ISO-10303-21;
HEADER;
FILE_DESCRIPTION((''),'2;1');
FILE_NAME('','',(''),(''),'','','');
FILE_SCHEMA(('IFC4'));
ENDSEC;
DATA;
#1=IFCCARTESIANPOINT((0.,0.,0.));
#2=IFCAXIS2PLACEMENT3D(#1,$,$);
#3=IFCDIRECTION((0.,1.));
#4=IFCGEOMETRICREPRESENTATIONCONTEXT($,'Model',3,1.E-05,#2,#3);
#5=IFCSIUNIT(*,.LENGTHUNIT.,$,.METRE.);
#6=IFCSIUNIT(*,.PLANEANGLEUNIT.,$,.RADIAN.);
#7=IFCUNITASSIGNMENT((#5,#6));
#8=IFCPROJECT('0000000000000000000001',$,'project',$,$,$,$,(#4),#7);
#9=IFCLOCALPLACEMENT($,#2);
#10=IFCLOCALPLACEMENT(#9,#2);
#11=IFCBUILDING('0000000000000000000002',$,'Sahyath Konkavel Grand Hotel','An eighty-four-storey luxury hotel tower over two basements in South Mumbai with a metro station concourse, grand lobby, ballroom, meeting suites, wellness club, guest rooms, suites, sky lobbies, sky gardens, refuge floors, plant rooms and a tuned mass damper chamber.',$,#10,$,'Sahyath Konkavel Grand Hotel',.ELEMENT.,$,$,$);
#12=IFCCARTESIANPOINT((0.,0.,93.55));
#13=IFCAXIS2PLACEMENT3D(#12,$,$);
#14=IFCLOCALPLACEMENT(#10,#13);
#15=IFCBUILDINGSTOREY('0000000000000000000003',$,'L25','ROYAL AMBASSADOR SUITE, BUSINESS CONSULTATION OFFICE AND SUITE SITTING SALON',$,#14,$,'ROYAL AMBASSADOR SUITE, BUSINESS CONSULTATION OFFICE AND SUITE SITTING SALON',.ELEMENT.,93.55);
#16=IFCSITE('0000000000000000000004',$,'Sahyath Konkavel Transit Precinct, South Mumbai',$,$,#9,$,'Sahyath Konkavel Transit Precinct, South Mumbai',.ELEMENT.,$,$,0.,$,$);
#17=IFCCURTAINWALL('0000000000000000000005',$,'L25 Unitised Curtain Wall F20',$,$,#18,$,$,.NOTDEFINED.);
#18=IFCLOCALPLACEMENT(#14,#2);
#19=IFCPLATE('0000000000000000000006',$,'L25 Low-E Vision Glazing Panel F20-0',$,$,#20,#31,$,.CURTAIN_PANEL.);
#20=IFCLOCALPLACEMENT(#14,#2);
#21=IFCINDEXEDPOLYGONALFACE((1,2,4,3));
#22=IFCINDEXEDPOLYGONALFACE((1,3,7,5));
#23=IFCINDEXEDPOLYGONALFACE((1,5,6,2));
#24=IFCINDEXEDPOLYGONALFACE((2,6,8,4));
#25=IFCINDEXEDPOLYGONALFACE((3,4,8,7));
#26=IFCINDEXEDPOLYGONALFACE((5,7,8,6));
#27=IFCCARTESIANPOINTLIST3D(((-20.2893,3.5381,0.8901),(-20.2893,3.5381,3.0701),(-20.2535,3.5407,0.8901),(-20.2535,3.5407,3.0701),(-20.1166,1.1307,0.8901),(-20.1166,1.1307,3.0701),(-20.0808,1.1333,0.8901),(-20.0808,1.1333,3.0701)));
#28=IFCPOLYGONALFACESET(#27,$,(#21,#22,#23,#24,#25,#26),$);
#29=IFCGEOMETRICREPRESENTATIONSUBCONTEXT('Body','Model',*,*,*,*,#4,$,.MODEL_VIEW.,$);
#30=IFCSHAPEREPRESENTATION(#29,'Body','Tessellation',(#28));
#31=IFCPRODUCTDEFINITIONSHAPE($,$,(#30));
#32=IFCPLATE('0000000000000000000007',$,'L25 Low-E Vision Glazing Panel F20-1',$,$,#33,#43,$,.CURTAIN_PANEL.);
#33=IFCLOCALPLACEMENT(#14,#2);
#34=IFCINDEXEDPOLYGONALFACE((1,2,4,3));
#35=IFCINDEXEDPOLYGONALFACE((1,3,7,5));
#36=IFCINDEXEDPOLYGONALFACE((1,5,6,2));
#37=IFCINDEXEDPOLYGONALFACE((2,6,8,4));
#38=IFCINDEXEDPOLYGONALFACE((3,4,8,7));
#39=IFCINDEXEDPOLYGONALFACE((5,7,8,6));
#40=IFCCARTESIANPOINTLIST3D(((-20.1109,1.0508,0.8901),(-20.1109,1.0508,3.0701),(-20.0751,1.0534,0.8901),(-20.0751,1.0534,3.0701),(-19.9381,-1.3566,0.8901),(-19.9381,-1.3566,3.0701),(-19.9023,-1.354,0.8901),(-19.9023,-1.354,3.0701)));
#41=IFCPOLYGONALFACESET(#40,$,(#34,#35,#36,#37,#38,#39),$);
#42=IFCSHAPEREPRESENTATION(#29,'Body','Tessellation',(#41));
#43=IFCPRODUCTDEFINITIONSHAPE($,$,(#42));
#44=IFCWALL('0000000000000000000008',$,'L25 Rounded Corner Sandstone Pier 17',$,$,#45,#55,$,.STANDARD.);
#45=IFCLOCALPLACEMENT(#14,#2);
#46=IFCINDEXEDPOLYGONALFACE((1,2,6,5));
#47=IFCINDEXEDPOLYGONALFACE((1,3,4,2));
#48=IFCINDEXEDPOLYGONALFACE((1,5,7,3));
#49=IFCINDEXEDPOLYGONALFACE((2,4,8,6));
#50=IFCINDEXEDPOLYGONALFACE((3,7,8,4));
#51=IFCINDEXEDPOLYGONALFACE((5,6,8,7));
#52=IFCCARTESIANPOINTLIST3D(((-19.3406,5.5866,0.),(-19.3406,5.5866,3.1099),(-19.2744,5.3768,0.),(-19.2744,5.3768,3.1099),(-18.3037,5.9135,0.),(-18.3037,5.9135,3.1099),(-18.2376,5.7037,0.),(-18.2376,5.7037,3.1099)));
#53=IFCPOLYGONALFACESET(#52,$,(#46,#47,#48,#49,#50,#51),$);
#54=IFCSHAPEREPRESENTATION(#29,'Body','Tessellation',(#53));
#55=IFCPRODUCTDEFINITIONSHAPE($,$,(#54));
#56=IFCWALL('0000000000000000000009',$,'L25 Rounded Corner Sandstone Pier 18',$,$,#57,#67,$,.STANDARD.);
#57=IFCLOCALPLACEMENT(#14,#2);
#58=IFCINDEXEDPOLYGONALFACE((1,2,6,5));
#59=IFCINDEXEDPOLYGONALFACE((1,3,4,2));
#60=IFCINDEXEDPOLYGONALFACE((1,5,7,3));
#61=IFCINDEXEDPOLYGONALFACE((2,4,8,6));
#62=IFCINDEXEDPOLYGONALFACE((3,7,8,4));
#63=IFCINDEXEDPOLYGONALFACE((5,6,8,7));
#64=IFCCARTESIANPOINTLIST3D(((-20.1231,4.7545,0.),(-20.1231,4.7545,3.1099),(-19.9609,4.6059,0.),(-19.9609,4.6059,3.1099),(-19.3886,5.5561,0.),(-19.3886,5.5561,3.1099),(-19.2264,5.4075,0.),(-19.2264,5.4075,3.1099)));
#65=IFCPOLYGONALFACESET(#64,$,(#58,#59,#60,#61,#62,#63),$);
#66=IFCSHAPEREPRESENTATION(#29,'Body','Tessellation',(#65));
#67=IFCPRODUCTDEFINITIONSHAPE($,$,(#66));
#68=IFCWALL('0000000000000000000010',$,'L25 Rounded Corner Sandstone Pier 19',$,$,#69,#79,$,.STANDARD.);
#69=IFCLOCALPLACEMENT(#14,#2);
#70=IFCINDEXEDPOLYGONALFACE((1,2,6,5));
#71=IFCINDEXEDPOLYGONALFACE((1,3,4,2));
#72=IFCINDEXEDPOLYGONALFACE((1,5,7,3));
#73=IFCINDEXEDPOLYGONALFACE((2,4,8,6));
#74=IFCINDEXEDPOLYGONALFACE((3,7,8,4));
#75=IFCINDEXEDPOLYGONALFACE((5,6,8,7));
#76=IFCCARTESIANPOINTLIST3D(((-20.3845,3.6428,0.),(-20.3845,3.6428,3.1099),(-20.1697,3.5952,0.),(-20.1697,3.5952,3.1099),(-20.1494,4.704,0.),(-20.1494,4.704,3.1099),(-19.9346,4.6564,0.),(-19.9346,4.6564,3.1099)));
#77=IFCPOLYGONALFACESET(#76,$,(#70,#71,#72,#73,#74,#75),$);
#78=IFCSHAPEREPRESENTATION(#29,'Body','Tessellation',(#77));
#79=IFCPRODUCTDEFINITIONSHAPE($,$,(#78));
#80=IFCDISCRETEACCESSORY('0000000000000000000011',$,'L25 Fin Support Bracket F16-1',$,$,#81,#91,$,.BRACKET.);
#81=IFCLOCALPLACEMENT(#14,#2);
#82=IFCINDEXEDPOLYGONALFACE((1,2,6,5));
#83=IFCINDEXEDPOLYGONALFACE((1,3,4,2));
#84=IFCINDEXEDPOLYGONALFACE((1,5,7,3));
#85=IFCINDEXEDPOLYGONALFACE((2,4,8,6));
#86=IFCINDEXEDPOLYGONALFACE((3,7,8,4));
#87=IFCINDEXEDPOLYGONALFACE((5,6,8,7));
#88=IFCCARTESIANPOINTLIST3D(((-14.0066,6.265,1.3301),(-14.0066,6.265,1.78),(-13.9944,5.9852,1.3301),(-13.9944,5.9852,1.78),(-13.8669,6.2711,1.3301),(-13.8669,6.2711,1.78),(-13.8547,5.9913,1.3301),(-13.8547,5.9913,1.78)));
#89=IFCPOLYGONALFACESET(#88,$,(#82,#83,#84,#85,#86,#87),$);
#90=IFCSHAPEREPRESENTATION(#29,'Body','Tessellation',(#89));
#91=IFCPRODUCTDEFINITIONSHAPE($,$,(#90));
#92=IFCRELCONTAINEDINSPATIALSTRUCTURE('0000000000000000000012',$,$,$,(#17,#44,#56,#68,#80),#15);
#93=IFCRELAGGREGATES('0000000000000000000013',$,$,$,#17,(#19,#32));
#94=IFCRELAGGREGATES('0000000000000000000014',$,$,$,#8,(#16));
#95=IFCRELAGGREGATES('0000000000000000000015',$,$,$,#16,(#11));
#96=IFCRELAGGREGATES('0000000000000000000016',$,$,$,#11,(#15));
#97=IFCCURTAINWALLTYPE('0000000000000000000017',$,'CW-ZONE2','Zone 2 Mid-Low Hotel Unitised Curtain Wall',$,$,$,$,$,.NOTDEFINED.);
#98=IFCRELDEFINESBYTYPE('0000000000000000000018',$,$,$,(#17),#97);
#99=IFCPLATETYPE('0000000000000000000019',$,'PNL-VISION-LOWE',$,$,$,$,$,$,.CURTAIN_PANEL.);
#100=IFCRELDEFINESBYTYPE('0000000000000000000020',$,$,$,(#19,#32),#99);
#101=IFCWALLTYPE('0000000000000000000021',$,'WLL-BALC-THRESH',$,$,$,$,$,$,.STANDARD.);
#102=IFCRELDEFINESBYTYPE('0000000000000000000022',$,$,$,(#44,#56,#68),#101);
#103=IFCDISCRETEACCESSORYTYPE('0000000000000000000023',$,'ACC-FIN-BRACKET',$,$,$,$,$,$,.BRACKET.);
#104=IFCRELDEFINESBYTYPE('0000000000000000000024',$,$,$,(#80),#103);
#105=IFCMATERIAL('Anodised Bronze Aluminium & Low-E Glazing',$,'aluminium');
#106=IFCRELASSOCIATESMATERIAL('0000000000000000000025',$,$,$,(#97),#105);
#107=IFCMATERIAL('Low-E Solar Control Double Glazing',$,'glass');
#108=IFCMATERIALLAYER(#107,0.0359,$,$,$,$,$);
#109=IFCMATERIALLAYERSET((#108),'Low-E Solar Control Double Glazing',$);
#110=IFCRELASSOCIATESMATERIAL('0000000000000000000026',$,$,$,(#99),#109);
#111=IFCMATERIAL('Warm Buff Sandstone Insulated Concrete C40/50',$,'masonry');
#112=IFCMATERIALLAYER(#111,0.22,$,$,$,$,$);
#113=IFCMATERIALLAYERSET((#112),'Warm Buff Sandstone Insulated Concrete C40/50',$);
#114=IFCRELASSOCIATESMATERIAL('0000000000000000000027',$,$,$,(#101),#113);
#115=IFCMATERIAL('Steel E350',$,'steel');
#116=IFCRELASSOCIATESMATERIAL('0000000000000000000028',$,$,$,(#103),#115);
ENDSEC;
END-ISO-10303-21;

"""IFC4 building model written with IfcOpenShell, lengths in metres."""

from ifc_helpers import new_model, si_unit, direction, frame, frame_2d, origin, origin_2d, place, context, subcontext, project, spatial, rectangle, extrude, source, transform, mapped, material, layer, layer_set, type_object, element, aggregate, save


model = new_model("IFC4")

# Units and contexts
model_context = context("Model", 3, precision=1e-05, world=origin(), true_north=direction((0.0, 1.0)))
body_context = subcontext(model_context, "Body", "Model", "MODEL_VIEW")
ifc_project = project(units=[si_unit("LENGTHUNIT", "METRE"), si_unit("PLANEANGLEUNIT", "RADIAN")], contexts=[model_context])

# Site, building, storey
site_placement = place(None, origin())
site = spatial("IfcSite", under=ifc_project, at=site_placement, Name="Sahyath Konkavel Transit Precinct, South Mumbai", LongName="Sahyath Konkavel Transit Precinct, South Mumbai", CompositionType="ELEMENT", RefElevation=0.0)
building_placement = place(site_placement, origin())
building = spatial("IfcBuilding", under=site, at=building_placement, Name="Sahyath Konkavel Grand Hotel", Description="An eighty-four-storey luxury hotel tower over two basements in South Mumbai with a metro station concourse, grand lobby, ballroom, meeting suites, wellness club, guest rooms, suites, sky lobbies, sky gardens, refuge floors, plant rooms and a tuned mass damper chamber.", LongName="Sahyath Konkavel Grand Hotel", CompositionType="ELEMENT")
storey_placement = place(building_placement, frame((0.0, 0.0, 93.55)))
storey = spatial("IfcBuildingStorey", under=building, at=storey_placement, Name="L25", Description="ROYAL AMBASSADOR SUITE, BUSINESS CONSULTATION OFFICE AND SUITE SITTING SALON", LongName="ROYAL AMBASSADOR SUITE, BUSINESS CONSULTATION OFFICE AND SUITE SITTING SALON", CompositionType="ELEMENT", Elevation=93.55)

# Shared definitions
ifc_material_1 = material(Name="Steel E350", Category="steel")

# Curtain wall
ifc_material_2 = material(Name="Anodised Bronze Aluminium & Low-E Glazing", Category="aluminium")
curtain_wall_type = type_object("IfcCurtainWallType", Name="CW-ZONE2", Description="Zone 2 Mid-Low Hotel Unitised Curtain Wall", PredefinedType="NOTDEFINED", material=ifc_material_2)
curtain_wall_1_placement = place(storey_placement, origin())
curtain_wall_1 = element("IfcCurtainWall", 1, at=curtain_wall_1_placement, inside=storey, type_object=curtain_wall_type, Name="L25 Unitised Curtain Wall F20", PredefinedType="NOTDEFINED")

# Plates
ifc_material_3 = material(Name="Low-E Solar Control Double Glazing", Category="glass")
ifc_layer_1 = layer(ifc_material_3, 0.0359)
ifc_layer_set_1 = layer_set([ifc_layer_1], Name="Low-E Solar Control Double Glazing")
plate_type_1 = type_object("IfcPlateType", Name="PNL-VISION-LOWE", PredefinedType="CURTAIN_PANEL", material=ifc_layer_set_1)
shared_shape_1 = source(origin(), body_context, "Body", "SweptSolid", [
    extrude(rectangle(XDim=2.4136, YDim=0.0359, at=origin_2d()), origin(), (0.0, 0.0, 1.0), 2.1799),
])
plate_1_placement = place(storey_placement, frame((-20.1851, 2.3357, 0.8901), z_axis=(0.0, 0.0, 1.0), x_axis=(0.071567, -0.997436, 0.0)))
plate_1 = element("IfcPlate", 2, at=plate_1_placement, type_object=plate_type_1, Name="L25 Low-E Vision Glazing Panel F20-0", PredefinedType="CURTAIN_PANEL", context=body_context, shape_type="MappedRepresentation", body=[
    mapped(shared_shape_1, transform((0.0, 0.0, 0.0), scale=1.0)),
])
plate_2_placement = place(storey_placement, frame((-20.0066, -0.1516, 0.8901), z_axis=(0.0, 0.0, 1.0), x_axis=(0.071567, -0.997436, 0.0)))
plate_2 = element("IfcPlate", 3, at=plate_2_placement, type_object=plate_type_1, Name="L25 Low-E Vision Glazing Panel F20-1", PredefinedType="CURTAIN_PANEL", context=body_context, shape_type="MappedRepresentation", body=[
    mapped(shared_shape_1, transform((0.0, 0.0, 0.0), scale=1.0)),
])
aggregate(curtain_wall_1, [plate_1, plate_2])

# Walls
ifc_material_4 = material(Name="Warm Buff Sandstone Insulated Concrete C40/50", Category="masonry")
ifc_layer_2 = layer(ifc_material_4, 0.22)
ifc_layer_set_2 = layer_set([ifc_layer_2], Name="Warm Buff Sandstone Insulated Concrete C40/50")
wall_type = type_object("IfcWallType", Name="WLL-BALC-THRESH", PredefinedType="STANDARD", material=ifc_layer_set_2)
for number, where, z_axis, x_axis, name in (
    (4, (-18.2708, 5.8086, 0.0), (0.0, 0.0, 1.0), (-0.953722, -0.300691, 0.0), "L25 Rounded Corner Sandstone Pier 17"),
    (5, (-19.3076, 5.4817, 0.0), (0.0, 0.0, 1.0), (-0.675552, -0.737313, 0.0), "L25 Rounded Corner Sandstone Pier 18"),
):
    element("IfcWall", number, at=place(storey_placement, frame(where, z_axis=z_axis, x_axis=x_axis)), inside=storey, type_object=wall_type, Name=name, PredefinedType="STANDARD", context=body_context, shape_type="SweptSolid", body=[
        extrude(rectangle(XDim=1.0872, YDim=0.22, at=frame_2d((0.5435, 0.0))), origin(), (0.0, 0.0, 1.0), 3.1099),
    ])
wall_placement = place(storey_placement, frame((-20.042, 4.6802, 0.0), z_axis=(0.0, 0.0, 1.0), x_axis=(-0.216288, -0.97633, 0.0)))
element("IfcWall", 6, at=wall_placement, inside=storey, type_object=wall_type, Name="L25 Rounded Corner Sandstone Pier 19", PredefinedType="STANDARD", context=body_context, shape_type="SweptSolid", body=[
    extrude(rectangle(XDim=1.0869, YDim=0.22, at=frame_2d((0.5435, 0.0))), origin(), (0.0, 0.0, 1.0), 3.1099),
])

# Discrete accessory
discrete_accessory_type = type_object("IfcDiscreteAccessoryType", Name="ACC-FIN-BRACKET", PredefinedType="BRACKET", material=ifc_material_1)
shared_shape_2 = source(origin(), body_context, "Body", "SweptSolid", [
    extrude(rectangle(XDim=0.28, YDim=0.1399, at=origin_2d()), origin(), (0.0, 0.0, 1.0), 0.45),
])
discrete_accessory_placement = place(storey_placement, frame((-13.9307, 6.1282, 1.3301), z_axis=(0.0, 0.0, 1.0), x_axis=(-0.043602, 0.999049, 0.0)))
element("IfcDiscreteAccessory", 7, at=discrete_accessory_placement, inside=storey, type_object=discrete_accessory_type, Name="L25 Fin Support Bracket F16-1", PredefinedType="BRACKET", context=body_context, shape_type="MappedRepresentation", body=[
    mapped(shared_shape_2, transform((0.0, 0.0, 0.0), scale=1.0)),
])

save(model, "model.ifc")
